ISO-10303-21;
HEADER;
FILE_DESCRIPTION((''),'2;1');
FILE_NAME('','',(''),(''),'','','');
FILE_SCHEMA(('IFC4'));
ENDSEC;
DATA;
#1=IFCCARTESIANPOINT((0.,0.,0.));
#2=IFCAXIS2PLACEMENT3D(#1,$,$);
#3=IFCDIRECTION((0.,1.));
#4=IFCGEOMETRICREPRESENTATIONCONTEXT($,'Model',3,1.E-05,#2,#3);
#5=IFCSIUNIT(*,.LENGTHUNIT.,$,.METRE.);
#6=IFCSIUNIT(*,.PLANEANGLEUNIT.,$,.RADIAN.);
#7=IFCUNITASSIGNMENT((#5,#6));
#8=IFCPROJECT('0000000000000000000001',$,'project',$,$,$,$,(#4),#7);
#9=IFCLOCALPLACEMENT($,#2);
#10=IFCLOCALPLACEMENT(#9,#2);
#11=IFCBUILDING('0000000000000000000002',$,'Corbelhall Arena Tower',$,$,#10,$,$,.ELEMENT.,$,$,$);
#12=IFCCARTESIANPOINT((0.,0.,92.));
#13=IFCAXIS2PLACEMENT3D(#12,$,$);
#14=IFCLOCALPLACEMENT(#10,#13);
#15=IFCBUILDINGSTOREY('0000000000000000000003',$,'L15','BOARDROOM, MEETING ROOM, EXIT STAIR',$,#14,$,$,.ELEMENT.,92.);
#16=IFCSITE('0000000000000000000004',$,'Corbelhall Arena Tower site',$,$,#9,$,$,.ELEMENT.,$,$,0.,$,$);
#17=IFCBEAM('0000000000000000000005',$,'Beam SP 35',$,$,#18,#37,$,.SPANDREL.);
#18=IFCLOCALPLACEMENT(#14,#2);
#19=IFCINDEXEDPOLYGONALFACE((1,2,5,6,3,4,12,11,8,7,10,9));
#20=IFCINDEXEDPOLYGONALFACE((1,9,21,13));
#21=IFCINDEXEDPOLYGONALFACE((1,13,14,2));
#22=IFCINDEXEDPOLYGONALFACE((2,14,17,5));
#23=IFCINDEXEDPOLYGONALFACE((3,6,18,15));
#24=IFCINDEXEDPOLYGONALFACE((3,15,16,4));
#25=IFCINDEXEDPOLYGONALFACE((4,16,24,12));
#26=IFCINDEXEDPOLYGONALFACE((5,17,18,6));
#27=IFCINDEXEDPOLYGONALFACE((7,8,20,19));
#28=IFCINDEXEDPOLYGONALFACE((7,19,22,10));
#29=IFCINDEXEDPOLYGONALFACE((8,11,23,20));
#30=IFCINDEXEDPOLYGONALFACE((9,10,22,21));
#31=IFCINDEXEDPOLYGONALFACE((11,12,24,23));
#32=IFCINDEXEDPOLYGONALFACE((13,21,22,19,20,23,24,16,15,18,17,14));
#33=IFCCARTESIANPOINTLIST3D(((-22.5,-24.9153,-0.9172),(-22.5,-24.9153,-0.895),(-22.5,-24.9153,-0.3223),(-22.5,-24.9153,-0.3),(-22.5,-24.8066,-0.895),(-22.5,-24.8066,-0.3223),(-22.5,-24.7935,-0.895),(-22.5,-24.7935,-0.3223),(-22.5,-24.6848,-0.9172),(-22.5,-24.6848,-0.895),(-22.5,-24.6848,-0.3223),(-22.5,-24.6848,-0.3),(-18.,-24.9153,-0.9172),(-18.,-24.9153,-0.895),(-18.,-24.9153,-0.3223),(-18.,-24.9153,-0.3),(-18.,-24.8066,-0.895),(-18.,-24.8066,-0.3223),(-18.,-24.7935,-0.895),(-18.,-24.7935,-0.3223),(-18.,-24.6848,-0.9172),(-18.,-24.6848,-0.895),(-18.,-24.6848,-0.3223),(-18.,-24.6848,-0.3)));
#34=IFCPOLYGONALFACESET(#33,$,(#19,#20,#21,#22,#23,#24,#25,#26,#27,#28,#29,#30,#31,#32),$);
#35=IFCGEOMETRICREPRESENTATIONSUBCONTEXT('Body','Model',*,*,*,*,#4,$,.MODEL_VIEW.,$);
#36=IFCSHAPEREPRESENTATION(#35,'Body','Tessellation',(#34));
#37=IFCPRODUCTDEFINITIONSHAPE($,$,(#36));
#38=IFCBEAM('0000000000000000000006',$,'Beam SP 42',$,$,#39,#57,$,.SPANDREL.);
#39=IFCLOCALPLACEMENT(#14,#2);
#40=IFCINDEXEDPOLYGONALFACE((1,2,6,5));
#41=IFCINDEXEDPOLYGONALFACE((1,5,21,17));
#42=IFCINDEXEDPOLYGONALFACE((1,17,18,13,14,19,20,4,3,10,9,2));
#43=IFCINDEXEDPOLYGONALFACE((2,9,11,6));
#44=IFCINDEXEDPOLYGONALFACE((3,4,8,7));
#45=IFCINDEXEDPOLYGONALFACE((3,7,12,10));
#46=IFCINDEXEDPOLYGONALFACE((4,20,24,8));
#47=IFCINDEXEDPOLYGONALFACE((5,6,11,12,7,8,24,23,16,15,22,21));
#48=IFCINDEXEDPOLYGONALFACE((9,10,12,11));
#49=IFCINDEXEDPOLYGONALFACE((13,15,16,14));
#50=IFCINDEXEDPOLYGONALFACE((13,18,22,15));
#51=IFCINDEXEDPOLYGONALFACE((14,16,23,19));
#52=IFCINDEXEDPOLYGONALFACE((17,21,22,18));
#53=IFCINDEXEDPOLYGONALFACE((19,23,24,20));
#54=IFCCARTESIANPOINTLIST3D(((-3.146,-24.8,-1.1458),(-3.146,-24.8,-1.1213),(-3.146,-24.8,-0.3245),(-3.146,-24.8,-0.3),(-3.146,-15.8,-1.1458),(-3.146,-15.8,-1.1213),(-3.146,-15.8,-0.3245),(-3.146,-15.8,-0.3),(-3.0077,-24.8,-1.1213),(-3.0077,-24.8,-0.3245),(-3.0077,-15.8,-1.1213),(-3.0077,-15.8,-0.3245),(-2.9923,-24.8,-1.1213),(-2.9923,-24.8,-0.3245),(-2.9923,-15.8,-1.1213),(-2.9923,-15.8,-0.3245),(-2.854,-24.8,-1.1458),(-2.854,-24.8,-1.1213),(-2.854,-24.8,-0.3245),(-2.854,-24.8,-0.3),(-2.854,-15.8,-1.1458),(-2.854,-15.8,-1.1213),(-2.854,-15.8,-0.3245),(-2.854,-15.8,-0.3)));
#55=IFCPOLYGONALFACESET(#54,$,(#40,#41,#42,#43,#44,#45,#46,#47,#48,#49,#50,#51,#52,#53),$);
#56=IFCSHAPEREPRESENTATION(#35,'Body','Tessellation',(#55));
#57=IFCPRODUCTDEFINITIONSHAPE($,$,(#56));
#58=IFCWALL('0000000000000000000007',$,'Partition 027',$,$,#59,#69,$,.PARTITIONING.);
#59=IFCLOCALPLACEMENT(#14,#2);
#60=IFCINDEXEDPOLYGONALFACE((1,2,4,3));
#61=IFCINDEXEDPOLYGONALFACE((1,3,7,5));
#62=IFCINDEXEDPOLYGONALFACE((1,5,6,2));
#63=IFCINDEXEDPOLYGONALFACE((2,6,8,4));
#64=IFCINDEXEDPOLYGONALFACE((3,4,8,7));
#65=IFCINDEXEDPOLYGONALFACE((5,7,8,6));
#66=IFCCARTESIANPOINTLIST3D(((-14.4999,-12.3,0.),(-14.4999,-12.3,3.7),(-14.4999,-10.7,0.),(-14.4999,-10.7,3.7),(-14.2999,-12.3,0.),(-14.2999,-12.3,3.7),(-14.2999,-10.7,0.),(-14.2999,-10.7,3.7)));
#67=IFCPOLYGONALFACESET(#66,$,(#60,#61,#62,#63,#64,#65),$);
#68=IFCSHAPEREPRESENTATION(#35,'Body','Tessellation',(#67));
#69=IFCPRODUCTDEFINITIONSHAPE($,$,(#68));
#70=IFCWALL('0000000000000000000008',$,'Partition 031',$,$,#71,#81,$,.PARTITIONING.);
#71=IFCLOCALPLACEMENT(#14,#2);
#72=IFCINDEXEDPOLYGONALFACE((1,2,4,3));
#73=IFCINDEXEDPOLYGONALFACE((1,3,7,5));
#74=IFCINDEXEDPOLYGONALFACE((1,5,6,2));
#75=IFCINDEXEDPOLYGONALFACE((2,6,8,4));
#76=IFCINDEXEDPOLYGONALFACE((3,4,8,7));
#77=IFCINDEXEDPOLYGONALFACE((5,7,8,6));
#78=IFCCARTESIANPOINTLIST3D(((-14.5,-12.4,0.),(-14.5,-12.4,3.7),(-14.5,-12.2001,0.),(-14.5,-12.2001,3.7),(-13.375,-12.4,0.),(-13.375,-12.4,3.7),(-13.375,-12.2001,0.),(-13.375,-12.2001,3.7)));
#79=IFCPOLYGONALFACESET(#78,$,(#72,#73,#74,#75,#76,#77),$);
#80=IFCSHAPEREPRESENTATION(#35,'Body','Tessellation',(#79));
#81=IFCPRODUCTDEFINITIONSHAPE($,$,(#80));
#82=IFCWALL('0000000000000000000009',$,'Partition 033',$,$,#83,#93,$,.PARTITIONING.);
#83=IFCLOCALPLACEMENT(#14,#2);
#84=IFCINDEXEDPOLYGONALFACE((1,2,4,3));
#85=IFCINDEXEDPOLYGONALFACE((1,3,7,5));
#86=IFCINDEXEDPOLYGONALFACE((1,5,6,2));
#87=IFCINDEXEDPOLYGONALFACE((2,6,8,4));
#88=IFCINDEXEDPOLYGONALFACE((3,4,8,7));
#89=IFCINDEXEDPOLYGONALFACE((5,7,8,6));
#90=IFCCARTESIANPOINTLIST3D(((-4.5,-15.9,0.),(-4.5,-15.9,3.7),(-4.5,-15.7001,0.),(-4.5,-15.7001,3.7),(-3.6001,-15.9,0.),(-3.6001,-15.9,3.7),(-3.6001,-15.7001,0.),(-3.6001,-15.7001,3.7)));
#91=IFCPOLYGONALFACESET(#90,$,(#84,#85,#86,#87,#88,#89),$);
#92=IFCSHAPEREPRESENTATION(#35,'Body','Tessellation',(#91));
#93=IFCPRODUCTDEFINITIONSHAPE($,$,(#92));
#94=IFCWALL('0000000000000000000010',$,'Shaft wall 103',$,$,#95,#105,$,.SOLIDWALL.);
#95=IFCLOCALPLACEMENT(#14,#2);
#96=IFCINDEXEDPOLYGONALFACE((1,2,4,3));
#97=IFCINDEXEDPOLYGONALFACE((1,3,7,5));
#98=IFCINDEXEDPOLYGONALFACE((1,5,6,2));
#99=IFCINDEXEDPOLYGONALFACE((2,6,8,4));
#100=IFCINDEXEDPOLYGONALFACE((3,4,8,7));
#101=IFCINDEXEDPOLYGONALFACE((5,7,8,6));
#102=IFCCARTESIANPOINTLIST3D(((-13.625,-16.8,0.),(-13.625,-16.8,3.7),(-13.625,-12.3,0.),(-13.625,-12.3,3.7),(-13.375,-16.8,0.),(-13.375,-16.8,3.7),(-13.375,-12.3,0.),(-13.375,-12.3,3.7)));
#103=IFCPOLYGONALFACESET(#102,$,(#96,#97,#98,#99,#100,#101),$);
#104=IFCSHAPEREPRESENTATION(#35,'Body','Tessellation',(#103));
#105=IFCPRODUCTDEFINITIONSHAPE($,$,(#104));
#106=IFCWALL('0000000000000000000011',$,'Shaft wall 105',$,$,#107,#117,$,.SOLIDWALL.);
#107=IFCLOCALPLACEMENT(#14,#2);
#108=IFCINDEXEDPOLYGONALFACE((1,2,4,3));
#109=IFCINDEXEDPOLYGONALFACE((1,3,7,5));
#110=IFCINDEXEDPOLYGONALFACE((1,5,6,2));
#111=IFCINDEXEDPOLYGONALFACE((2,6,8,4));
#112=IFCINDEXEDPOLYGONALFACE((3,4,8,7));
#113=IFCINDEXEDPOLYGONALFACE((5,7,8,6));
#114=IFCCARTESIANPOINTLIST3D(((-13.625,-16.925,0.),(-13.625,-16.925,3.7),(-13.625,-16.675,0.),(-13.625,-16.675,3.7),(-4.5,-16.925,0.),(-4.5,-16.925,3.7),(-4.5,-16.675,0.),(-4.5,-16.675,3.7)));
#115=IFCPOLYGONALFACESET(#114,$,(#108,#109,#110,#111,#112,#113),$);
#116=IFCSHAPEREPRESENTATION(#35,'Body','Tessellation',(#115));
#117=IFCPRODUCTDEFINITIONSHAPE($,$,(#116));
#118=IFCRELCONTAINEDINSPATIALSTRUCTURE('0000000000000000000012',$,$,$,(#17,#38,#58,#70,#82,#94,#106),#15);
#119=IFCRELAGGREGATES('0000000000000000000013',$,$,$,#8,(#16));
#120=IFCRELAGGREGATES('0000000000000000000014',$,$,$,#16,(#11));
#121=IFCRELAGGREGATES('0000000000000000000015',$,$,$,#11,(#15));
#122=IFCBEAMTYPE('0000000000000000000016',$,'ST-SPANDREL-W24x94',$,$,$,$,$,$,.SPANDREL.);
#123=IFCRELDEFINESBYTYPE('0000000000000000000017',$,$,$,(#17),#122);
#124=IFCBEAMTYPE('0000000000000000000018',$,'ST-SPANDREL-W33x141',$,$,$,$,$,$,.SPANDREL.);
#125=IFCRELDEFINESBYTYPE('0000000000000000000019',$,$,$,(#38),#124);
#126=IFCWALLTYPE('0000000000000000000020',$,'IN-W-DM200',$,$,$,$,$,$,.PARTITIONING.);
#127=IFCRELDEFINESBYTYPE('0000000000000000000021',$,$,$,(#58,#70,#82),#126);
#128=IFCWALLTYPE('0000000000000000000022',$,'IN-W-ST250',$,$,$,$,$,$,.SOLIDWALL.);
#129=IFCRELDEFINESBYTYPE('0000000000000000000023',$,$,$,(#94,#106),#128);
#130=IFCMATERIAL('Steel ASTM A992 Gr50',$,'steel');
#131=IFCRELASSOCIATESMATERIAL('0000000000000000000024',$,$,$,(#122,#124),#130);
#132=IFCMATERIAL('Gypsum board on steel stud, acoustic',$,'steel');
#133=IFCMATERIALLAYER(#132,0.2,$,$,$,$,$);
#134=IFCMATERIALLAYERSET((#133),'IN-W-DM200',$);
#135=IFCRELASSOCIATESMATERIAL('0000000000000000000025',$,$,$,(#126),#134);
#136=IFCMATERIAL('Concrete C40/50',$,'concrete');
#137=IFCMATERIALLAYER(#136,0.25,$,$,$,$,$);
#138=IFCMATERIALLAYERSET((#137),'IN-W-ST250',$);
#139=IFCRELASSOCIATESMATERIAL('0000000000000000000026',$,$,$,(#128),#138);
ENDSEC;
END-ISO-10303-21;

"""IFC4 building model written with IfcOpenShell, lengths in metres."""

from ifc_helpers import new_model, si_unit, direction, frame, frame_2d, origin, origin_2d, place, context, subcontext, project, spatial, rectangle, i_section, extrude, material, layer, layer_set, material_profile, profile_set, type_object, element, save


model = new_model("IFC4")

# Units and contexts
model_context = context("Model", 3, precision=1e-05, world=origin(), true_north=direction((0.0, 1.0)))
body_context = subcontext(model_context, "Body", "Model", "MODEL_VIEW")
ifc_project = project(units=[si_unit("LENGTHUNIT", "METRE"), si_unit("PLANEANGLEUNIT", "RADIAN")], contexts=[model_context])

# Site, building, storey
site_placement = place(None, origin())
site = spatial("IfcSite", under=ifc_project, at=site_placement, Name="Corbelhall Arena Tower site", CompositionType="ELEMENT", RefElevation=0.0)
building_placement = place(site_placement, origin())
building = spatial("IfcBuilding", under=site, at=building_placement, Name="Corbelhall Arena Tower", CompositionType="ELEMENT")
storey_placement = place(building_placement, frame((0.0, 0.0, 92.0)))
storey = spatial("IfcBuildingStorey", under=building, at=storey_placement, Name="L15", Description="BOARDROOM, MEETING ROOM, EXIT STAIR", CompositionType="ELEMENT", Elevation=92.0)

# Beams
ifc_material_1 = material(Name="Steel ASTM A992 Gr50", Category="steel")
ifc_material_profile_1 = material_profile(ifc_material_1, i_section(OverallWidth=0.2305, OverallDepth=0.6172, WebThickness=0.0132, FlangeThickness=0.0222, at=origin_2d()))
ifc_profile_set_1 = profile_set([ifc_material_profile_1], Name="Steel ASTM A992 Gr50")
beam_type_1 = type_object("IfcBeamType", Name="ST-SPANDREL-W24x94", PredefinedType="SPANDREL", material=ifc_profile_set_1)
for number, where, z_axis, x_axis, name in (
    (1, (-18.0, -24.8, -0.6086), (-1.0, 0.0, 0.0), (0.0, -1.0, 0.0), "Beam SP 35"),
):
    element("IfcBeam", number, at=place(storey_placement, frame(where, z_axis=z_axis, x_axis=x_axis)), inside=storey, type_object=beam_type_1, Name=name, PredefinedType="SPANDREL", context=body_context, shape_type="SweptSolid", body=[
        extrude(i_section(OverallWidth=0.2305, OverallDepth=0.6172, WebThickness=0.0132, FlangeThickness=0.0222, at=origin_2d()), origin(), (0.0, 0.0, 1.0), 4.5),
    ])
ifc_material_profile_2 = material_profile(ifc_material_1, i_section(OverallWidth=0.292, OverallDepth=0.8457, WebThickness=0.0154, FlangeThickness=0.0244, at=origin_2d()))
ifc_profile_set_2 = profile_set([ifc_material_profile_2], Name="Steel ASTM A992 Gr50")
beam_type_2 = type_object("IfcBeamType", Name="ST-SPANDREL-W33x141", PredefinedType="SPANDREL", material=ifc_profile_set_2)
beam_1_placement = place(storey_placement, frame((-3.0, -15.8, -0.7229), z_axis=(0.0, -1.0, 0.0), x_axis=(1.0, 0.0, 0.0)))
element("IfcBeam", 2, at=beam_1_placement, inside=storey, type_object=beam_type_2, Name="Beam SP 42", PredefinedType="SPANDREL", context=body_context, shape_type="SweptSolid", body=[
    extrude(i_section(OverallWidth=0.292, OverallDepth=0.8457, WebThickness=0.0154, FlangeThickness=0.0244, at=origin_2d()), origin(), (0.0, 0.0, 1.0), 9.0),
])

# Walls
ifc_material_2 = material(Name="Gypsum board on steel stud, acoustic", Category="steel")
ifc_layer_1 = layer(ifc_material_2, 0.2)
ifc_layer_set_1 = layer_set([ifc_layer_1], Name="IN-W-DM200")
wall_type_1 = type_object("IfcWallType", Name="IN-W-DM200", PredefinedType="PARTITIONING", material=ifc_layer_set_1)
wall_1_placement = place(storey_placement, frame((-14.3999, -12.3, 0.0), z_axis=(0.0, 0.0, 1.0), x_axis=(0.0, 1.0, 0.0)))
element("IfcWall", 3, at=wall_1_placement, inside=storey, type_object=wall_type_1, Name="Partition 027", PredefinedType="PARTITIONING", context=body_context, shape_type="SweptSolid", body=[
    extrude(rectangle(XDim=1.6001, YDim=0.2, at=frame_2d((0.8, 0.0))), origin(), (0.0, 0.0, 1.0), 3.7),
])
wall_2_placement = place(storey_placement, frame((-13.375, -12.3, 0.0), z_axis=(0.0, 0.0, 1.0), x_axis=(-1.0, 0.0, 0.0)))
element("IfcWall", 4, at=wall_2_placement, inside=storey, type_object=wall_type_1, Name="Partition 031", PredefinedType="PARTITIONING", context=body_context, shape_type="SweptSolid", body=[
    extrude(rectangle(XDim=1.125, YDim=0.2, at=frame_2d((0.5625, 0.0))), origin(), (0.0, 0.0, 1.0), 3.7),
])
wall_3_placement = place(storey_placement, frame((-3.6001, -15.8, 0.0), z_axis=(0.0, 0.0, 1.0), x_axis=(-1.0, 0.0, 0.0)))
element("IfcWall", 5, at=wall_3_placement, inside=storey, type_object=wall_type_1, Name="Partition 033", PredefinedType="PARTITIONING", context=body_context, shape_type="SweptSolid", body=[
    extrude(rectangle(XDim=0.8999, YDim=0.2, at=frame_2d((0.45, 0.0))), origin(), (0.0, 0.0, 1.0), 3.7),
])
ifc_material_3 = material(Name="Concrete C40/50", Category="concrete")
ifc_layer_2 = layer(ifc_material_3, 0.25)
ifc_layer_set_2 = layer_set([ifc_layer_2], Name="IN-W-ST250")
wall_type_2 = type_object("IfcWallType", Name="IN-W-ST250", PredefinedType="SOLIDWALL", material=ifc_layer_set_2)
wall_4_placement = place(storey_placement, frame((-13.5, -16.8, 0.0), z_axis=(0.0, 0.0, 1.0), x_axis=(0.0, 1.0, 0.0)))
element("IfcWall", 6, at=wall_4_placement, inside=storey, type_object=wall_type_2, Name="Shaft wall 103", PredefinedType="SOLIDWALL", context=body_context, shape_type="SweptSolid", body=[
    extrude(rectangle(XDim=4.5, YDim=0.25, at=frame_2d((2.25, 0.0))), origin(), (0.0, 0.0, 1.0), 3.7),
])
wall_5_placement = place(storey_placement, frame((-4.5, -16.8, 0.0), z_axis=(0.0, 0.0, 1.0), x_axis=(-1.0, 0.0, 0.0)))
element("IfcWall", 7, at=wall_5_placement, inside=storey, type_object=wall_type_2, Name="Shaft wall 105", PredefinedType="SOLIDWALL", context=body_context, shape_type="SweptSolid", body=[
    extrude(rectangle(XDim=9.125, YDim=0.25, at=frame_2d((4.5625, 0.0))), origin(), (0.0, 0.0, 1.0), 3.7),
])

save(model, "model.ifc")
